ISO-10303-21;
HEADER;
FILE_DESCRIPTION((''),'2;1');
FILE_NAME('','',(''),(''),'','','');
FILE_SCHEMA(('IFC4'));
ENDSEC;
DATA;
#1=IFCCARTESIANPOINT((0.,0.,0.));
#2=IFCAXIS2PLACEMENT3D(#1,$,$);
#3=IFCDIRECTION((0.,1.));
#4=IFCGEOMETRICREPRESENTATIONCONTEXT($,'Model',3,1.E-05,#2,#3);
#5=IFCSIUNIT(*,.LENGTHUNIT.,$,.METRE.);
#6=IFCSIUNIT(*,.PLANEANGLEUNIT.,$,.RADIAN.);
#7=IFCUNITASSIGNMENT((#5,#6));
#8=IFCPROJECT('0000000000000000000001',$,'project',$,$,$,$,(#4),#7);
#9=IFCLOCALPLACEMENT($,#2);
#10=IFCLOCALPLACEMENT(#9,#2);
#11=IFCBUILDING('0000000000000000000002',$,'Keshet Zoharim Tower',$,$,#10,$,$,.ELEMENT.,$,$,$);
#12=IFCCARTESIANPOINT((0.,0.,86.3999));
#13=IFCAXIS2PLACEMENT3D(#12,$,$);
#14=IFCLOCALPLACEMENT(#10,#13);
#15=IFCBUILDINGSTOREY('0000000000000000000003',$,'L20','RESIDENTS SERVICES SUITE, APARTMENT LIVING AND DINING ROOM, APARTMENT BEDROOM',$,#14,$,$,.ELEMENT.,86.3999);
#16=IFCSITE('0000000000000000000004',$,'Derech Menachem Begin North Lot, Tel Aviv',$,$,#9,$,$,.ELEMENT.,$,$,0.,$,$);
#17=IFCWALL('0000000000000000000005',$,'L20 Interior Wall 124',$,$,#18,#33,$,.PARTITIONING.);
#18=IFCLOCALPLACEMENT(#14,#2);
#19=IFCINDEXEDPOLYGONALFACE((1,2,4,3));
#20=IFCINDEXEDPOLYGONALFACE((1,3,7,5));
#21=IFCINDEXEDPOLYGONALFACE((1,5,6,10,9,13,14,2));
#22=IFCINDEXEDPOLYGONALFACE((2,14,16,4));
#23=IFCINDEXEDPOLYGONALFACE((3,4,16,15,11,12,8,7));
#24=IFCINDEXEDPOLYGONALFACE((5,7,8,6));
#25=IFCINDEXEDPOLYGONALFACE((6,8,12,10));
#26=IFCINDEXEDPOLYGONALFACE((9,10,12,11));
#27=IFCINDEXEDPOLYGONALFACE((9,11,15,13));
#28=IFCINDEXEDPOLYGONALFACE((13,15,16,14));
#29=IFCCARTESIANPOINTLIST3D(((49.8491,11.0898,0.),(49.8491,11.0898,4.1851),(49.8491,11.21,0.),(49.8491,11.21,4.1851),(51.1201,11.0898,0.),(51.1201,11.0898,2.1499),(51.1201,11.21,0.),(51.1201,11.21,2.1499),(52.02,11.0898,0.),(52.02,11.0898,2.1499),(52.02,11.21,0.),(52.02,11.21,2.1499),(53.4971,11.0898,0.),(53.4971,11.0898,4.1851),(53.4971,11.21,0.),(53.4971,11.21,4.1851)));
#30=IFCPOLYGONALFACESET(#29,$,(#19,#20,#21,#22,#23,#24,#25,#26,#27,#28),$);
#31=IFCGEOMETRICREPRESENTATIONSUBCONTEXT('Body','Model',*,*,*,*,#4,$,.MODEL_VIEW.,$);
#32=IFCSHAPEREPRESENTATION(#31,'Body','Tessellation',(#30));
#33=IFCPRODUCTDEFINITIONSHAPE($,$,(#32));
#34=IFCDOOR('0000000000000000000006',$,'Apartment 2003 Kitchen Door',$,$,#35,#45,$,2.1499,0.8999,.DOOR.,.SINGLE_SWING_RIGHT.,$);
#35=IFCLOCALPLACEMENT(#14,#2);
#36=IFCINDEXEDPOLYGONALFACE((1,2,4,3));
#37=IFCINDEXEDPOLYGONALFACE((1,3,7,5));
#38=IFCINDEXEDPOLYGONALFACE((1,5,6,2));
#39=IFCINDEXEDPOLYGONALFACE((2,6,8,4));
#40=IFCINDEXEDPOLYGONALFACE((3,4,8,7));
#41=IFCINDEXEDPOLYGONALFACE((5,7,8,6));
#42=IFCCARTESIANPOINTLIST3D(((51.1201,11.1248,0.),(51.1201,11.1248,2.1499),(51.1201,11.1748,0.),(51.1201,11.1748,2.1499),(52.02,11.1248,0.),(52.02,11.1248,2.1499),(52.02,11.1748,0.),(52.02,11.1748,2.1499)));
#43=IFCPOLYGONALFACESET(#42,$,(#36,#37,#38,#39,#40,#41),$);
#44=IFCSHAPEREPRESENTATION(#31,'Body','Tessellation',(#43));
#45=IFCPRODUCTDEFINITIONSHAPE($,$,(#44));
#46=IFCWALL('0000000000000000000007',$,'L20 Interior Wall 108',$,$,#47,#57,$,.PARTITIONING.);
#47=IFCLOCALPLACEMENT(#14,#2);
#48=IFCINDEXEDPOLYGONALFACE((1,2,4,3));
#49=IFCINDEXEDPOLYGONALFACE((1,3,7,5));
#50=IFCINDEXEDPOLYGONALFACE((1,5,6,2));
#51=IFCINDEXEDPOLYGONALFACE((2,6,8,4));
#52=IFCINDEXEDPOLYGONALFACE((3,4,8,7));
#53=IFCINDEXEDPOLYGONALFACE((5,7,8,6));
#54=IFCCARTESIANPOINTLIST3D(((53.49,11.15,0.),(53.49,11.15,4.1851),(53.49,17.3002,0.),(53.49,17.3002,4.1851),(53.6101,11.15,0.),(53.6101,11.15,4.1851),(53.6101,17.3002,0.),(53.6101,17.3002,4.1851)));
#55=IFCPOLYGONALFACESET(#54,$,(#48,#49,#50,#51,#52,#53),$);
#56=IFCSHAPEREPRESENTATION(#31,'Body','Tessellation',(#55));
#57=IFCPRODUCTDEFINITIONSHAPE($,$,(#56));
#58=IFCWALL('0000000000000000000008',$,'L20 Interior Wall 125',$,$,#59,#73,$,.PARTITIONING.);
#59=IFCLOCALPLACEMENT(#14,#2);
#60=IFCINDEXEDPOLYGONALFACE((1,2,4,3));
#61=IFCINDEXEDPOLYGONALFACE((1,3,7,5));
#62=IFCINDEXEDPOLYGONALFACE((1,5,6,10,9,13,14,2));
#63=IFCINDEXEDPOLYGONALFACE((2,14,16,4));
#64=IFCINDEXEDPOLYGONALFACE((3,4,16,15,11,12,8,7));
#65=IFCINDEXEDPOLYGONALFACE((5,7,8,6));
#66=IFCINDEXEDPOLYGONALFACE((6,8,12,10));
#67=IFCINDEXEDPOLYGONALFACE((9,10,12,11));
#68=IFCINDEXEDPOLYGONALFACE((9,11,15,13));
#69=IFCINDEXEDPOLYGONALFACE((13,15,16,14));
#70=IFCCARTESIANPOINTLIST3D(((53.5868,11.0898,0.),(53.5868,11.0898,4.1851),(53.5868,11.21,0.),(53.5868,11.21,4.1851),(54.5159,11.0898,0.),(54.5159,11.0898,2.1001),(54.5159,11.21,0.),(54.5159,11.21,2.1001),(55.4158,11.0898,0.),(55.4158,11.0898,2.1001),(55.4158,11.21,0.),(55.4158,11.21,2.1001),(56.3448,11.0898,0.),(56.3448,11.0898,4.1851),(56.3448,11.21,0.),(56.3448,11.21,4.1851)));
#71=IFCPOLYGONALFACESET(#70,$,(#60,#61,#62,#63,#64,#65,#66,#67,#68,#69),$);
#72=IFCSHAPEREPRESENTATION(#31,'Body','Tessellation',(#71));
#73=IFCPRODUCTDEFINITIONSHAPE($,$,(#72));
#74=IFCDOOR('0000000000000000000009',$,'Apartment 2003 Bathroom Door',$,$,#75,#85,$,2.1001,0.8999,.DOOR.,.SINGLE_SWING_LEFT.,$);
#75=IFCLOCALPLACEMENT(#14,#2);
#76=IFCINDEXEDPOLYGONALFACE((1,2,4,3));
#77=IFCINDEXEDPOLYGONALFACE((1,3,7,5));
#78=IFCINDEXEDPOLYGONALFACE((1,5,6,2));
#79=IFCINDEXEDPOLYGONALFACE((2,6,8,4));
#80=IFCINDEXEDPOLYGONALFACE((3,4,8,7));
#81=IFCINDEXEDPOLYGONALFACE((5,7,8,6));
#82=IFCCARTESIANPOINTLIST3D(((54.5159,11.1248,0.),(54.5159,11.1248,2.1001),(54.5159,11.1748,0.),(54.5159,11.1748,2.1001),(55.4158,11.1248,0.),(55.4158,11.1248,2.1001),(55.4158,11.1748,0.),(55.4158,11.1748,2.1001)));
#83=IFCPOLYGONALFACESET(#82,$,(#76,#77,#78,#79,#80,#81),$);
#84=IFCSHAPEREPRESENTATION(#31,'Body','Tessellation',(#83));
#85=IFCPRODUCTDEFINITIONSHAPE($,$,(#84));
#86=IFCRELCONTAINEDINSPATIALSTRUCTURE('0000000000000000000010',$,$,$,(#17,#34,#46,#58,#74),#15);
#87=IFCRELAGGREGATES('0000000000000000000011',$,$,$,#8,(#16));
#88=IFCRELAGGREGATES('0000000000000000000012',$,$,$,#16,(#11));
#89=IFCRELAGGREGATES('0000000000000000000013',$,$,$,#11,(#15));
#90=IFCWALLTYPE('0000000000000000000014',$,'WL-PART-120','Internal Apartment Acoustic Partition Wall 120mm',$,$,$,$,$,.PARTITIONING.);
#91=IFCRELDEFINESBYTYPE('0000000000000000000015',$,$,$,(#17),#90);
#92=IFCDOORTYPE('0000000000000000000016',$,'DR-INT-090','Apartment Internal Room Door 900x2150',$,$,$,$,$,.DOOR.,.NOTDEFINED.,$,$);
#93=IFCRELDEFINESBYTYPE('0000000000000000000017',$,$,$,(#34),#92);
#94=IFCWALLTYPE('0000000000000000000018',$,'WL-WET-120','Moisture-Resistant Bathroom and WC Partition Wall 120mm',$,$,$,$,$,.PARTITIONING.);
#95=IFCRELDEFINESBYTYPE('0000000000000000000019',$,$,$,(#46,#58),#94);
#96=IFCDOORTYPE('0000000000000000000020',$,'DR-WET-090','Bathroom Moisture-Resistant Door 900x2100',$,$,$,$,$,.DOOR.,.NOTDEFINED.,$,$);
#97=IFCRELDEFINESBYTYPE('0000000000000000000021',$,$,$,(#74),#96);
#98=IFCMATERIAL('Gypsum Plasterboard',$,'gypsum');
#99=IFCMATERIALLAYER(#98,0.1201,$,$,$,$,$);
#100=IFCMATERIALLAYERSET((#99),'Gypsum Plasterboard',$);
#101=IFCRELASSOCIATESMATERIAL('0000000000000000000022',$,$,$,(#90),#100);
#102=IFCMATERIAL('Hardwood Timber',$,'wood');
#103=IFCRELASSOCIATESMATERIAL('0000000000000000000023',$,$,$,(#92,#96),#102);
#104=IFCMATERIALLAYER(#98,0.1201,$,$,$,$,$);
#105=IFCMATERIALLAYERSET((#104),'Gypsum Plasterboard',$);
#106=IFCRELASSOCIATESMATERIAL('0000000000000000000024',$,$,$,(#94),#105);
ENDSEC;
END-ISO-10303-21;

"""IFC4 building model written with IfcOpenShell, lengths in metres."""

from ifc_helpers import new_model, si_unit, direction, frame, frame_2d, origin, place, context, subcontext, project, spatial, rectangle, extrude, material, layer, layer_set, type_object, element, fill, save


model = new_model("IFC4")

# Units and contexts
model_context = context("Model", 3, precision=1e-05, world=origin(), true_north=direction((0.0, 1.0)))
body_context = subcontext(model_context, "Body", "Model", "MODEL_VIEW")
ifc_project = project(units=[si_unit("LENGTHUNIT", "METRE"), si_unit("PLANEANGLEUNIT", "RADIAN")], contexts=[model_context])

# Site, building, storey
site_placement = place(None, origin())
site = spatial("IfcSite", under=ifc_project, at=site_placement, Name="Derech Menachem Begin North Lot, Tel Aviv", CompositionType="ELEMENT", RefElevation=0.0)
building_placement = place(site_placement, origin())
building = spatial("IfcBuilding", under=site, at=building_placement, Name="Keshet Zoharim Tower", CompositionType="ELEMENT")
storey_placement = place(building_placement, frame((0.0, 0.0, 86.3999)))
storey = spatial("IfcBuildingStorey", under=building, at=storey_placement, Name="L20", Description="RESIDENTS SERVICES SUITE, APARTMENT LIVING AND DINING ROOM, APARTMENT BEDROOM", CompositionType="ELEMENT", Elevation=86.3999)

# Shared definitions
ifc_material_1 = material(Name="Gypsum Plasterboard", Category="gypsum")

# Shared definitions
ifc_material_2 = material(Name="Hardwood Timber", Category="wood")

# Shared definitions
ifc_layer_1 = layer(ifc_material_1, 0.1201)
ifc_layer_set_1 = layer_set([ifc_layer_1], Name="Gypsum Plasterboard")
wall_type_1 = type_object("IfcWallType", Name="WL-PART-120", Description="Internal Apartment Acoustic Partition Wall 120mm", PredefinedType="PARTITIONING", material=ifc_layer_set_1)

# Shared definitions
door_type_1 = type_object("IfcDoorType", Name="DR-INT-090", Description="Apartment Internal Room Door 900x2150", OperationType="NOTDEFINED", PredefinedType="DOOR", material=ifc_material_2)

# Wall, opening, door
wall_1_placement = place(storey_placement, frame((49.8491, 11.1499, 0.0), z_axis=(0.0, 0.0, 1.0), x_axis=(1.0, 0.0, 0.0)))
wall_1 = element("IfcWall", 1, at=wall_1_placement, inside=storey, type_object=wall_type_1, Name="L20 Interior Wall 124", PredefinedType="PARTITIONING", context=body_context, shape_type="SweptSolid", body=[
    extrude(rectangle(XDim=3.6479, YDim=0.1201, at=frame_2d((1.824, 0.0))), origin(), (0.0, 0.0, 1.0), 4.1851),
])
opening_1_placement = place(wall_1_placement, frame((1.271, 0.0, 0.0)))
opening_1 = element("IfcOpeningElement", 2, at=opening_1_placement, cuts=wall_1, PredefinedType="OPENING", context=body_context, shape_type="SweptSolid", body=[
    extrude(rectangle(XDim=0.8999, YDim=2.1499, at=frame_2d((0.45, 1.075))), frame((0.0, 0.0701, 0.0), z_axis=(0.0, -1.0, 0.0), x_axis=(1.0, 0.0, 0.0)), (0.0, 0.0, 1.0), 0.1401),
])
door_1_placement = place(opening_1_placement, origin())
door_1 = element("IfcDoor", 3, at=door_1_placement, inside=storey, type_object=door_type_1, Name="Apartment 2003 Kitchen Door", OperationType="SINGLE_SWING_RIGHT", OverallHeight=2.1499, OverallWidth=0.8999, PredefinedType="DOOR", context=body_context, shape_type="SweptSolid", body=[
    extrude(rectangle(XDim=0.8999, YDim=2.1499, at=frame_2d((0.45, 1.075))), frame((0.0, 0.0249, 0.0), z_axis=(0.0, -1.0, 0.0), x_axis=(1.0, 0.0, 0.0)), (0.0, 0.0, 1.0), 0.05),
])
fill(opening_1, door_1)

# Wall
ifc_layer_2 = layer(ifc_material_1, 0.1201)
ifc_layer_set_2 = layer_set([ifc_layer_2], Name="Gypsum Plasterboard")
wall_type_2 = type_object("IfcWallType", Name="WL-WET-120", Description="Moisture-Resistant Bathroom and WC Partition Wall 120mm", PredefinedType="PARTITIONING", material=ifc_layer_set_2)
wall_2_placement = place(storey_placement, frame((53.55, 11.1499, 0.0), z_axis=(0.0, 0.0, 1.0), x_axis=(0.0, 1.0, 0.0)))
element("IfcWall", 4, at=wall_2_placement, inside=storey, type_object=wall_type_2, Name="L20 Interior Wall 108", PredefinedType="PARTITIONING", context=body_context, shape_type="SweptSolid", body=[
    extrude(rectangle(XDim=6.1501, YDim=0.1201, at=frame_2d((3.0752, 0.0))), origin(), (0.0, 0.0, 1.0), 4.1851),
])

# Wall, opening, door
wall_3_placement = place(storey_placement, frame((53.5869, 11.1499, 0.0), z_axis=(0.0, 0.0, 1.0), x_axis=(1.0, 0.0, 0.0)))
wall_3 = element("IfcWall", 5, at=wall_3_placement, inside=storey, type_object=wall_type_2, Name="L20 Interior Wall 125", PredefinedType="PARTITIONING", context=body_context, shape_type="SweptSolid", body=[
    extrude(rectangle(XDim=2.7581, YDim=0.1201, at=frame_2d((1.3789, 0.0))), origin(), (0.0, 0.0, 1.0), 4.1851),
])
opening_2_placement = place(wall_3_placement, frame((0.929, 0.0, 0.0)))
opening_2 = element("IfcOpeningElement", 6, at=opening_2_placement, cuts=wall_3, PredefinedType="OPENING", context=body_context, shape_type="SweptSolid", body=[
    extrude(rectangle(XDim=0.8999, YDim=2.1001, at=frame_2d((0.45, 1.05))), frame((0.0, 0.0701, 0.0), z_axis=(0.0, -1.0, 0.0), x_axis=(1.0, 0.0, 0.0)), (0.0, 0.0, 1.0), 0.1401),
])
door_type_2 = type_object("IfcDoorType", Name="DR-WET-090", Description="Bathroom Moisture-Resistant Door 900x2100", OperationType="NOTDEFINED", PredefinedType="DOOR", material=ifc_material_2)
door_2_placement = place(opening_2_placement, origin())
door_2 = element("IfcDoor", 7, at=door_2_placement, inside=storey, type_object=door_type_2, Name="Apartment 2003 Bathroom Door", OperationType="SINGLE_SWING_LEFT", OverallHeight=2.1001, OverallWidth=0.8999, PredefinedType="DOOR", context=body_context, shape_type="SweptSolid", body=[
    extrude(rectangle(XDim=0.8999, YDim=2.1001, at=frame_2d((0.45, 1.05))), frame((0.0, 0.0249, 0.0), z_axis=(0.0, -1.0, 0.0), x_axis=(1.0, 0.0, 0.0)), (0.0, 0.0, 1.0), 0.05),
])
fill(opening_2, door_2)

save(model, "model.ifc")
